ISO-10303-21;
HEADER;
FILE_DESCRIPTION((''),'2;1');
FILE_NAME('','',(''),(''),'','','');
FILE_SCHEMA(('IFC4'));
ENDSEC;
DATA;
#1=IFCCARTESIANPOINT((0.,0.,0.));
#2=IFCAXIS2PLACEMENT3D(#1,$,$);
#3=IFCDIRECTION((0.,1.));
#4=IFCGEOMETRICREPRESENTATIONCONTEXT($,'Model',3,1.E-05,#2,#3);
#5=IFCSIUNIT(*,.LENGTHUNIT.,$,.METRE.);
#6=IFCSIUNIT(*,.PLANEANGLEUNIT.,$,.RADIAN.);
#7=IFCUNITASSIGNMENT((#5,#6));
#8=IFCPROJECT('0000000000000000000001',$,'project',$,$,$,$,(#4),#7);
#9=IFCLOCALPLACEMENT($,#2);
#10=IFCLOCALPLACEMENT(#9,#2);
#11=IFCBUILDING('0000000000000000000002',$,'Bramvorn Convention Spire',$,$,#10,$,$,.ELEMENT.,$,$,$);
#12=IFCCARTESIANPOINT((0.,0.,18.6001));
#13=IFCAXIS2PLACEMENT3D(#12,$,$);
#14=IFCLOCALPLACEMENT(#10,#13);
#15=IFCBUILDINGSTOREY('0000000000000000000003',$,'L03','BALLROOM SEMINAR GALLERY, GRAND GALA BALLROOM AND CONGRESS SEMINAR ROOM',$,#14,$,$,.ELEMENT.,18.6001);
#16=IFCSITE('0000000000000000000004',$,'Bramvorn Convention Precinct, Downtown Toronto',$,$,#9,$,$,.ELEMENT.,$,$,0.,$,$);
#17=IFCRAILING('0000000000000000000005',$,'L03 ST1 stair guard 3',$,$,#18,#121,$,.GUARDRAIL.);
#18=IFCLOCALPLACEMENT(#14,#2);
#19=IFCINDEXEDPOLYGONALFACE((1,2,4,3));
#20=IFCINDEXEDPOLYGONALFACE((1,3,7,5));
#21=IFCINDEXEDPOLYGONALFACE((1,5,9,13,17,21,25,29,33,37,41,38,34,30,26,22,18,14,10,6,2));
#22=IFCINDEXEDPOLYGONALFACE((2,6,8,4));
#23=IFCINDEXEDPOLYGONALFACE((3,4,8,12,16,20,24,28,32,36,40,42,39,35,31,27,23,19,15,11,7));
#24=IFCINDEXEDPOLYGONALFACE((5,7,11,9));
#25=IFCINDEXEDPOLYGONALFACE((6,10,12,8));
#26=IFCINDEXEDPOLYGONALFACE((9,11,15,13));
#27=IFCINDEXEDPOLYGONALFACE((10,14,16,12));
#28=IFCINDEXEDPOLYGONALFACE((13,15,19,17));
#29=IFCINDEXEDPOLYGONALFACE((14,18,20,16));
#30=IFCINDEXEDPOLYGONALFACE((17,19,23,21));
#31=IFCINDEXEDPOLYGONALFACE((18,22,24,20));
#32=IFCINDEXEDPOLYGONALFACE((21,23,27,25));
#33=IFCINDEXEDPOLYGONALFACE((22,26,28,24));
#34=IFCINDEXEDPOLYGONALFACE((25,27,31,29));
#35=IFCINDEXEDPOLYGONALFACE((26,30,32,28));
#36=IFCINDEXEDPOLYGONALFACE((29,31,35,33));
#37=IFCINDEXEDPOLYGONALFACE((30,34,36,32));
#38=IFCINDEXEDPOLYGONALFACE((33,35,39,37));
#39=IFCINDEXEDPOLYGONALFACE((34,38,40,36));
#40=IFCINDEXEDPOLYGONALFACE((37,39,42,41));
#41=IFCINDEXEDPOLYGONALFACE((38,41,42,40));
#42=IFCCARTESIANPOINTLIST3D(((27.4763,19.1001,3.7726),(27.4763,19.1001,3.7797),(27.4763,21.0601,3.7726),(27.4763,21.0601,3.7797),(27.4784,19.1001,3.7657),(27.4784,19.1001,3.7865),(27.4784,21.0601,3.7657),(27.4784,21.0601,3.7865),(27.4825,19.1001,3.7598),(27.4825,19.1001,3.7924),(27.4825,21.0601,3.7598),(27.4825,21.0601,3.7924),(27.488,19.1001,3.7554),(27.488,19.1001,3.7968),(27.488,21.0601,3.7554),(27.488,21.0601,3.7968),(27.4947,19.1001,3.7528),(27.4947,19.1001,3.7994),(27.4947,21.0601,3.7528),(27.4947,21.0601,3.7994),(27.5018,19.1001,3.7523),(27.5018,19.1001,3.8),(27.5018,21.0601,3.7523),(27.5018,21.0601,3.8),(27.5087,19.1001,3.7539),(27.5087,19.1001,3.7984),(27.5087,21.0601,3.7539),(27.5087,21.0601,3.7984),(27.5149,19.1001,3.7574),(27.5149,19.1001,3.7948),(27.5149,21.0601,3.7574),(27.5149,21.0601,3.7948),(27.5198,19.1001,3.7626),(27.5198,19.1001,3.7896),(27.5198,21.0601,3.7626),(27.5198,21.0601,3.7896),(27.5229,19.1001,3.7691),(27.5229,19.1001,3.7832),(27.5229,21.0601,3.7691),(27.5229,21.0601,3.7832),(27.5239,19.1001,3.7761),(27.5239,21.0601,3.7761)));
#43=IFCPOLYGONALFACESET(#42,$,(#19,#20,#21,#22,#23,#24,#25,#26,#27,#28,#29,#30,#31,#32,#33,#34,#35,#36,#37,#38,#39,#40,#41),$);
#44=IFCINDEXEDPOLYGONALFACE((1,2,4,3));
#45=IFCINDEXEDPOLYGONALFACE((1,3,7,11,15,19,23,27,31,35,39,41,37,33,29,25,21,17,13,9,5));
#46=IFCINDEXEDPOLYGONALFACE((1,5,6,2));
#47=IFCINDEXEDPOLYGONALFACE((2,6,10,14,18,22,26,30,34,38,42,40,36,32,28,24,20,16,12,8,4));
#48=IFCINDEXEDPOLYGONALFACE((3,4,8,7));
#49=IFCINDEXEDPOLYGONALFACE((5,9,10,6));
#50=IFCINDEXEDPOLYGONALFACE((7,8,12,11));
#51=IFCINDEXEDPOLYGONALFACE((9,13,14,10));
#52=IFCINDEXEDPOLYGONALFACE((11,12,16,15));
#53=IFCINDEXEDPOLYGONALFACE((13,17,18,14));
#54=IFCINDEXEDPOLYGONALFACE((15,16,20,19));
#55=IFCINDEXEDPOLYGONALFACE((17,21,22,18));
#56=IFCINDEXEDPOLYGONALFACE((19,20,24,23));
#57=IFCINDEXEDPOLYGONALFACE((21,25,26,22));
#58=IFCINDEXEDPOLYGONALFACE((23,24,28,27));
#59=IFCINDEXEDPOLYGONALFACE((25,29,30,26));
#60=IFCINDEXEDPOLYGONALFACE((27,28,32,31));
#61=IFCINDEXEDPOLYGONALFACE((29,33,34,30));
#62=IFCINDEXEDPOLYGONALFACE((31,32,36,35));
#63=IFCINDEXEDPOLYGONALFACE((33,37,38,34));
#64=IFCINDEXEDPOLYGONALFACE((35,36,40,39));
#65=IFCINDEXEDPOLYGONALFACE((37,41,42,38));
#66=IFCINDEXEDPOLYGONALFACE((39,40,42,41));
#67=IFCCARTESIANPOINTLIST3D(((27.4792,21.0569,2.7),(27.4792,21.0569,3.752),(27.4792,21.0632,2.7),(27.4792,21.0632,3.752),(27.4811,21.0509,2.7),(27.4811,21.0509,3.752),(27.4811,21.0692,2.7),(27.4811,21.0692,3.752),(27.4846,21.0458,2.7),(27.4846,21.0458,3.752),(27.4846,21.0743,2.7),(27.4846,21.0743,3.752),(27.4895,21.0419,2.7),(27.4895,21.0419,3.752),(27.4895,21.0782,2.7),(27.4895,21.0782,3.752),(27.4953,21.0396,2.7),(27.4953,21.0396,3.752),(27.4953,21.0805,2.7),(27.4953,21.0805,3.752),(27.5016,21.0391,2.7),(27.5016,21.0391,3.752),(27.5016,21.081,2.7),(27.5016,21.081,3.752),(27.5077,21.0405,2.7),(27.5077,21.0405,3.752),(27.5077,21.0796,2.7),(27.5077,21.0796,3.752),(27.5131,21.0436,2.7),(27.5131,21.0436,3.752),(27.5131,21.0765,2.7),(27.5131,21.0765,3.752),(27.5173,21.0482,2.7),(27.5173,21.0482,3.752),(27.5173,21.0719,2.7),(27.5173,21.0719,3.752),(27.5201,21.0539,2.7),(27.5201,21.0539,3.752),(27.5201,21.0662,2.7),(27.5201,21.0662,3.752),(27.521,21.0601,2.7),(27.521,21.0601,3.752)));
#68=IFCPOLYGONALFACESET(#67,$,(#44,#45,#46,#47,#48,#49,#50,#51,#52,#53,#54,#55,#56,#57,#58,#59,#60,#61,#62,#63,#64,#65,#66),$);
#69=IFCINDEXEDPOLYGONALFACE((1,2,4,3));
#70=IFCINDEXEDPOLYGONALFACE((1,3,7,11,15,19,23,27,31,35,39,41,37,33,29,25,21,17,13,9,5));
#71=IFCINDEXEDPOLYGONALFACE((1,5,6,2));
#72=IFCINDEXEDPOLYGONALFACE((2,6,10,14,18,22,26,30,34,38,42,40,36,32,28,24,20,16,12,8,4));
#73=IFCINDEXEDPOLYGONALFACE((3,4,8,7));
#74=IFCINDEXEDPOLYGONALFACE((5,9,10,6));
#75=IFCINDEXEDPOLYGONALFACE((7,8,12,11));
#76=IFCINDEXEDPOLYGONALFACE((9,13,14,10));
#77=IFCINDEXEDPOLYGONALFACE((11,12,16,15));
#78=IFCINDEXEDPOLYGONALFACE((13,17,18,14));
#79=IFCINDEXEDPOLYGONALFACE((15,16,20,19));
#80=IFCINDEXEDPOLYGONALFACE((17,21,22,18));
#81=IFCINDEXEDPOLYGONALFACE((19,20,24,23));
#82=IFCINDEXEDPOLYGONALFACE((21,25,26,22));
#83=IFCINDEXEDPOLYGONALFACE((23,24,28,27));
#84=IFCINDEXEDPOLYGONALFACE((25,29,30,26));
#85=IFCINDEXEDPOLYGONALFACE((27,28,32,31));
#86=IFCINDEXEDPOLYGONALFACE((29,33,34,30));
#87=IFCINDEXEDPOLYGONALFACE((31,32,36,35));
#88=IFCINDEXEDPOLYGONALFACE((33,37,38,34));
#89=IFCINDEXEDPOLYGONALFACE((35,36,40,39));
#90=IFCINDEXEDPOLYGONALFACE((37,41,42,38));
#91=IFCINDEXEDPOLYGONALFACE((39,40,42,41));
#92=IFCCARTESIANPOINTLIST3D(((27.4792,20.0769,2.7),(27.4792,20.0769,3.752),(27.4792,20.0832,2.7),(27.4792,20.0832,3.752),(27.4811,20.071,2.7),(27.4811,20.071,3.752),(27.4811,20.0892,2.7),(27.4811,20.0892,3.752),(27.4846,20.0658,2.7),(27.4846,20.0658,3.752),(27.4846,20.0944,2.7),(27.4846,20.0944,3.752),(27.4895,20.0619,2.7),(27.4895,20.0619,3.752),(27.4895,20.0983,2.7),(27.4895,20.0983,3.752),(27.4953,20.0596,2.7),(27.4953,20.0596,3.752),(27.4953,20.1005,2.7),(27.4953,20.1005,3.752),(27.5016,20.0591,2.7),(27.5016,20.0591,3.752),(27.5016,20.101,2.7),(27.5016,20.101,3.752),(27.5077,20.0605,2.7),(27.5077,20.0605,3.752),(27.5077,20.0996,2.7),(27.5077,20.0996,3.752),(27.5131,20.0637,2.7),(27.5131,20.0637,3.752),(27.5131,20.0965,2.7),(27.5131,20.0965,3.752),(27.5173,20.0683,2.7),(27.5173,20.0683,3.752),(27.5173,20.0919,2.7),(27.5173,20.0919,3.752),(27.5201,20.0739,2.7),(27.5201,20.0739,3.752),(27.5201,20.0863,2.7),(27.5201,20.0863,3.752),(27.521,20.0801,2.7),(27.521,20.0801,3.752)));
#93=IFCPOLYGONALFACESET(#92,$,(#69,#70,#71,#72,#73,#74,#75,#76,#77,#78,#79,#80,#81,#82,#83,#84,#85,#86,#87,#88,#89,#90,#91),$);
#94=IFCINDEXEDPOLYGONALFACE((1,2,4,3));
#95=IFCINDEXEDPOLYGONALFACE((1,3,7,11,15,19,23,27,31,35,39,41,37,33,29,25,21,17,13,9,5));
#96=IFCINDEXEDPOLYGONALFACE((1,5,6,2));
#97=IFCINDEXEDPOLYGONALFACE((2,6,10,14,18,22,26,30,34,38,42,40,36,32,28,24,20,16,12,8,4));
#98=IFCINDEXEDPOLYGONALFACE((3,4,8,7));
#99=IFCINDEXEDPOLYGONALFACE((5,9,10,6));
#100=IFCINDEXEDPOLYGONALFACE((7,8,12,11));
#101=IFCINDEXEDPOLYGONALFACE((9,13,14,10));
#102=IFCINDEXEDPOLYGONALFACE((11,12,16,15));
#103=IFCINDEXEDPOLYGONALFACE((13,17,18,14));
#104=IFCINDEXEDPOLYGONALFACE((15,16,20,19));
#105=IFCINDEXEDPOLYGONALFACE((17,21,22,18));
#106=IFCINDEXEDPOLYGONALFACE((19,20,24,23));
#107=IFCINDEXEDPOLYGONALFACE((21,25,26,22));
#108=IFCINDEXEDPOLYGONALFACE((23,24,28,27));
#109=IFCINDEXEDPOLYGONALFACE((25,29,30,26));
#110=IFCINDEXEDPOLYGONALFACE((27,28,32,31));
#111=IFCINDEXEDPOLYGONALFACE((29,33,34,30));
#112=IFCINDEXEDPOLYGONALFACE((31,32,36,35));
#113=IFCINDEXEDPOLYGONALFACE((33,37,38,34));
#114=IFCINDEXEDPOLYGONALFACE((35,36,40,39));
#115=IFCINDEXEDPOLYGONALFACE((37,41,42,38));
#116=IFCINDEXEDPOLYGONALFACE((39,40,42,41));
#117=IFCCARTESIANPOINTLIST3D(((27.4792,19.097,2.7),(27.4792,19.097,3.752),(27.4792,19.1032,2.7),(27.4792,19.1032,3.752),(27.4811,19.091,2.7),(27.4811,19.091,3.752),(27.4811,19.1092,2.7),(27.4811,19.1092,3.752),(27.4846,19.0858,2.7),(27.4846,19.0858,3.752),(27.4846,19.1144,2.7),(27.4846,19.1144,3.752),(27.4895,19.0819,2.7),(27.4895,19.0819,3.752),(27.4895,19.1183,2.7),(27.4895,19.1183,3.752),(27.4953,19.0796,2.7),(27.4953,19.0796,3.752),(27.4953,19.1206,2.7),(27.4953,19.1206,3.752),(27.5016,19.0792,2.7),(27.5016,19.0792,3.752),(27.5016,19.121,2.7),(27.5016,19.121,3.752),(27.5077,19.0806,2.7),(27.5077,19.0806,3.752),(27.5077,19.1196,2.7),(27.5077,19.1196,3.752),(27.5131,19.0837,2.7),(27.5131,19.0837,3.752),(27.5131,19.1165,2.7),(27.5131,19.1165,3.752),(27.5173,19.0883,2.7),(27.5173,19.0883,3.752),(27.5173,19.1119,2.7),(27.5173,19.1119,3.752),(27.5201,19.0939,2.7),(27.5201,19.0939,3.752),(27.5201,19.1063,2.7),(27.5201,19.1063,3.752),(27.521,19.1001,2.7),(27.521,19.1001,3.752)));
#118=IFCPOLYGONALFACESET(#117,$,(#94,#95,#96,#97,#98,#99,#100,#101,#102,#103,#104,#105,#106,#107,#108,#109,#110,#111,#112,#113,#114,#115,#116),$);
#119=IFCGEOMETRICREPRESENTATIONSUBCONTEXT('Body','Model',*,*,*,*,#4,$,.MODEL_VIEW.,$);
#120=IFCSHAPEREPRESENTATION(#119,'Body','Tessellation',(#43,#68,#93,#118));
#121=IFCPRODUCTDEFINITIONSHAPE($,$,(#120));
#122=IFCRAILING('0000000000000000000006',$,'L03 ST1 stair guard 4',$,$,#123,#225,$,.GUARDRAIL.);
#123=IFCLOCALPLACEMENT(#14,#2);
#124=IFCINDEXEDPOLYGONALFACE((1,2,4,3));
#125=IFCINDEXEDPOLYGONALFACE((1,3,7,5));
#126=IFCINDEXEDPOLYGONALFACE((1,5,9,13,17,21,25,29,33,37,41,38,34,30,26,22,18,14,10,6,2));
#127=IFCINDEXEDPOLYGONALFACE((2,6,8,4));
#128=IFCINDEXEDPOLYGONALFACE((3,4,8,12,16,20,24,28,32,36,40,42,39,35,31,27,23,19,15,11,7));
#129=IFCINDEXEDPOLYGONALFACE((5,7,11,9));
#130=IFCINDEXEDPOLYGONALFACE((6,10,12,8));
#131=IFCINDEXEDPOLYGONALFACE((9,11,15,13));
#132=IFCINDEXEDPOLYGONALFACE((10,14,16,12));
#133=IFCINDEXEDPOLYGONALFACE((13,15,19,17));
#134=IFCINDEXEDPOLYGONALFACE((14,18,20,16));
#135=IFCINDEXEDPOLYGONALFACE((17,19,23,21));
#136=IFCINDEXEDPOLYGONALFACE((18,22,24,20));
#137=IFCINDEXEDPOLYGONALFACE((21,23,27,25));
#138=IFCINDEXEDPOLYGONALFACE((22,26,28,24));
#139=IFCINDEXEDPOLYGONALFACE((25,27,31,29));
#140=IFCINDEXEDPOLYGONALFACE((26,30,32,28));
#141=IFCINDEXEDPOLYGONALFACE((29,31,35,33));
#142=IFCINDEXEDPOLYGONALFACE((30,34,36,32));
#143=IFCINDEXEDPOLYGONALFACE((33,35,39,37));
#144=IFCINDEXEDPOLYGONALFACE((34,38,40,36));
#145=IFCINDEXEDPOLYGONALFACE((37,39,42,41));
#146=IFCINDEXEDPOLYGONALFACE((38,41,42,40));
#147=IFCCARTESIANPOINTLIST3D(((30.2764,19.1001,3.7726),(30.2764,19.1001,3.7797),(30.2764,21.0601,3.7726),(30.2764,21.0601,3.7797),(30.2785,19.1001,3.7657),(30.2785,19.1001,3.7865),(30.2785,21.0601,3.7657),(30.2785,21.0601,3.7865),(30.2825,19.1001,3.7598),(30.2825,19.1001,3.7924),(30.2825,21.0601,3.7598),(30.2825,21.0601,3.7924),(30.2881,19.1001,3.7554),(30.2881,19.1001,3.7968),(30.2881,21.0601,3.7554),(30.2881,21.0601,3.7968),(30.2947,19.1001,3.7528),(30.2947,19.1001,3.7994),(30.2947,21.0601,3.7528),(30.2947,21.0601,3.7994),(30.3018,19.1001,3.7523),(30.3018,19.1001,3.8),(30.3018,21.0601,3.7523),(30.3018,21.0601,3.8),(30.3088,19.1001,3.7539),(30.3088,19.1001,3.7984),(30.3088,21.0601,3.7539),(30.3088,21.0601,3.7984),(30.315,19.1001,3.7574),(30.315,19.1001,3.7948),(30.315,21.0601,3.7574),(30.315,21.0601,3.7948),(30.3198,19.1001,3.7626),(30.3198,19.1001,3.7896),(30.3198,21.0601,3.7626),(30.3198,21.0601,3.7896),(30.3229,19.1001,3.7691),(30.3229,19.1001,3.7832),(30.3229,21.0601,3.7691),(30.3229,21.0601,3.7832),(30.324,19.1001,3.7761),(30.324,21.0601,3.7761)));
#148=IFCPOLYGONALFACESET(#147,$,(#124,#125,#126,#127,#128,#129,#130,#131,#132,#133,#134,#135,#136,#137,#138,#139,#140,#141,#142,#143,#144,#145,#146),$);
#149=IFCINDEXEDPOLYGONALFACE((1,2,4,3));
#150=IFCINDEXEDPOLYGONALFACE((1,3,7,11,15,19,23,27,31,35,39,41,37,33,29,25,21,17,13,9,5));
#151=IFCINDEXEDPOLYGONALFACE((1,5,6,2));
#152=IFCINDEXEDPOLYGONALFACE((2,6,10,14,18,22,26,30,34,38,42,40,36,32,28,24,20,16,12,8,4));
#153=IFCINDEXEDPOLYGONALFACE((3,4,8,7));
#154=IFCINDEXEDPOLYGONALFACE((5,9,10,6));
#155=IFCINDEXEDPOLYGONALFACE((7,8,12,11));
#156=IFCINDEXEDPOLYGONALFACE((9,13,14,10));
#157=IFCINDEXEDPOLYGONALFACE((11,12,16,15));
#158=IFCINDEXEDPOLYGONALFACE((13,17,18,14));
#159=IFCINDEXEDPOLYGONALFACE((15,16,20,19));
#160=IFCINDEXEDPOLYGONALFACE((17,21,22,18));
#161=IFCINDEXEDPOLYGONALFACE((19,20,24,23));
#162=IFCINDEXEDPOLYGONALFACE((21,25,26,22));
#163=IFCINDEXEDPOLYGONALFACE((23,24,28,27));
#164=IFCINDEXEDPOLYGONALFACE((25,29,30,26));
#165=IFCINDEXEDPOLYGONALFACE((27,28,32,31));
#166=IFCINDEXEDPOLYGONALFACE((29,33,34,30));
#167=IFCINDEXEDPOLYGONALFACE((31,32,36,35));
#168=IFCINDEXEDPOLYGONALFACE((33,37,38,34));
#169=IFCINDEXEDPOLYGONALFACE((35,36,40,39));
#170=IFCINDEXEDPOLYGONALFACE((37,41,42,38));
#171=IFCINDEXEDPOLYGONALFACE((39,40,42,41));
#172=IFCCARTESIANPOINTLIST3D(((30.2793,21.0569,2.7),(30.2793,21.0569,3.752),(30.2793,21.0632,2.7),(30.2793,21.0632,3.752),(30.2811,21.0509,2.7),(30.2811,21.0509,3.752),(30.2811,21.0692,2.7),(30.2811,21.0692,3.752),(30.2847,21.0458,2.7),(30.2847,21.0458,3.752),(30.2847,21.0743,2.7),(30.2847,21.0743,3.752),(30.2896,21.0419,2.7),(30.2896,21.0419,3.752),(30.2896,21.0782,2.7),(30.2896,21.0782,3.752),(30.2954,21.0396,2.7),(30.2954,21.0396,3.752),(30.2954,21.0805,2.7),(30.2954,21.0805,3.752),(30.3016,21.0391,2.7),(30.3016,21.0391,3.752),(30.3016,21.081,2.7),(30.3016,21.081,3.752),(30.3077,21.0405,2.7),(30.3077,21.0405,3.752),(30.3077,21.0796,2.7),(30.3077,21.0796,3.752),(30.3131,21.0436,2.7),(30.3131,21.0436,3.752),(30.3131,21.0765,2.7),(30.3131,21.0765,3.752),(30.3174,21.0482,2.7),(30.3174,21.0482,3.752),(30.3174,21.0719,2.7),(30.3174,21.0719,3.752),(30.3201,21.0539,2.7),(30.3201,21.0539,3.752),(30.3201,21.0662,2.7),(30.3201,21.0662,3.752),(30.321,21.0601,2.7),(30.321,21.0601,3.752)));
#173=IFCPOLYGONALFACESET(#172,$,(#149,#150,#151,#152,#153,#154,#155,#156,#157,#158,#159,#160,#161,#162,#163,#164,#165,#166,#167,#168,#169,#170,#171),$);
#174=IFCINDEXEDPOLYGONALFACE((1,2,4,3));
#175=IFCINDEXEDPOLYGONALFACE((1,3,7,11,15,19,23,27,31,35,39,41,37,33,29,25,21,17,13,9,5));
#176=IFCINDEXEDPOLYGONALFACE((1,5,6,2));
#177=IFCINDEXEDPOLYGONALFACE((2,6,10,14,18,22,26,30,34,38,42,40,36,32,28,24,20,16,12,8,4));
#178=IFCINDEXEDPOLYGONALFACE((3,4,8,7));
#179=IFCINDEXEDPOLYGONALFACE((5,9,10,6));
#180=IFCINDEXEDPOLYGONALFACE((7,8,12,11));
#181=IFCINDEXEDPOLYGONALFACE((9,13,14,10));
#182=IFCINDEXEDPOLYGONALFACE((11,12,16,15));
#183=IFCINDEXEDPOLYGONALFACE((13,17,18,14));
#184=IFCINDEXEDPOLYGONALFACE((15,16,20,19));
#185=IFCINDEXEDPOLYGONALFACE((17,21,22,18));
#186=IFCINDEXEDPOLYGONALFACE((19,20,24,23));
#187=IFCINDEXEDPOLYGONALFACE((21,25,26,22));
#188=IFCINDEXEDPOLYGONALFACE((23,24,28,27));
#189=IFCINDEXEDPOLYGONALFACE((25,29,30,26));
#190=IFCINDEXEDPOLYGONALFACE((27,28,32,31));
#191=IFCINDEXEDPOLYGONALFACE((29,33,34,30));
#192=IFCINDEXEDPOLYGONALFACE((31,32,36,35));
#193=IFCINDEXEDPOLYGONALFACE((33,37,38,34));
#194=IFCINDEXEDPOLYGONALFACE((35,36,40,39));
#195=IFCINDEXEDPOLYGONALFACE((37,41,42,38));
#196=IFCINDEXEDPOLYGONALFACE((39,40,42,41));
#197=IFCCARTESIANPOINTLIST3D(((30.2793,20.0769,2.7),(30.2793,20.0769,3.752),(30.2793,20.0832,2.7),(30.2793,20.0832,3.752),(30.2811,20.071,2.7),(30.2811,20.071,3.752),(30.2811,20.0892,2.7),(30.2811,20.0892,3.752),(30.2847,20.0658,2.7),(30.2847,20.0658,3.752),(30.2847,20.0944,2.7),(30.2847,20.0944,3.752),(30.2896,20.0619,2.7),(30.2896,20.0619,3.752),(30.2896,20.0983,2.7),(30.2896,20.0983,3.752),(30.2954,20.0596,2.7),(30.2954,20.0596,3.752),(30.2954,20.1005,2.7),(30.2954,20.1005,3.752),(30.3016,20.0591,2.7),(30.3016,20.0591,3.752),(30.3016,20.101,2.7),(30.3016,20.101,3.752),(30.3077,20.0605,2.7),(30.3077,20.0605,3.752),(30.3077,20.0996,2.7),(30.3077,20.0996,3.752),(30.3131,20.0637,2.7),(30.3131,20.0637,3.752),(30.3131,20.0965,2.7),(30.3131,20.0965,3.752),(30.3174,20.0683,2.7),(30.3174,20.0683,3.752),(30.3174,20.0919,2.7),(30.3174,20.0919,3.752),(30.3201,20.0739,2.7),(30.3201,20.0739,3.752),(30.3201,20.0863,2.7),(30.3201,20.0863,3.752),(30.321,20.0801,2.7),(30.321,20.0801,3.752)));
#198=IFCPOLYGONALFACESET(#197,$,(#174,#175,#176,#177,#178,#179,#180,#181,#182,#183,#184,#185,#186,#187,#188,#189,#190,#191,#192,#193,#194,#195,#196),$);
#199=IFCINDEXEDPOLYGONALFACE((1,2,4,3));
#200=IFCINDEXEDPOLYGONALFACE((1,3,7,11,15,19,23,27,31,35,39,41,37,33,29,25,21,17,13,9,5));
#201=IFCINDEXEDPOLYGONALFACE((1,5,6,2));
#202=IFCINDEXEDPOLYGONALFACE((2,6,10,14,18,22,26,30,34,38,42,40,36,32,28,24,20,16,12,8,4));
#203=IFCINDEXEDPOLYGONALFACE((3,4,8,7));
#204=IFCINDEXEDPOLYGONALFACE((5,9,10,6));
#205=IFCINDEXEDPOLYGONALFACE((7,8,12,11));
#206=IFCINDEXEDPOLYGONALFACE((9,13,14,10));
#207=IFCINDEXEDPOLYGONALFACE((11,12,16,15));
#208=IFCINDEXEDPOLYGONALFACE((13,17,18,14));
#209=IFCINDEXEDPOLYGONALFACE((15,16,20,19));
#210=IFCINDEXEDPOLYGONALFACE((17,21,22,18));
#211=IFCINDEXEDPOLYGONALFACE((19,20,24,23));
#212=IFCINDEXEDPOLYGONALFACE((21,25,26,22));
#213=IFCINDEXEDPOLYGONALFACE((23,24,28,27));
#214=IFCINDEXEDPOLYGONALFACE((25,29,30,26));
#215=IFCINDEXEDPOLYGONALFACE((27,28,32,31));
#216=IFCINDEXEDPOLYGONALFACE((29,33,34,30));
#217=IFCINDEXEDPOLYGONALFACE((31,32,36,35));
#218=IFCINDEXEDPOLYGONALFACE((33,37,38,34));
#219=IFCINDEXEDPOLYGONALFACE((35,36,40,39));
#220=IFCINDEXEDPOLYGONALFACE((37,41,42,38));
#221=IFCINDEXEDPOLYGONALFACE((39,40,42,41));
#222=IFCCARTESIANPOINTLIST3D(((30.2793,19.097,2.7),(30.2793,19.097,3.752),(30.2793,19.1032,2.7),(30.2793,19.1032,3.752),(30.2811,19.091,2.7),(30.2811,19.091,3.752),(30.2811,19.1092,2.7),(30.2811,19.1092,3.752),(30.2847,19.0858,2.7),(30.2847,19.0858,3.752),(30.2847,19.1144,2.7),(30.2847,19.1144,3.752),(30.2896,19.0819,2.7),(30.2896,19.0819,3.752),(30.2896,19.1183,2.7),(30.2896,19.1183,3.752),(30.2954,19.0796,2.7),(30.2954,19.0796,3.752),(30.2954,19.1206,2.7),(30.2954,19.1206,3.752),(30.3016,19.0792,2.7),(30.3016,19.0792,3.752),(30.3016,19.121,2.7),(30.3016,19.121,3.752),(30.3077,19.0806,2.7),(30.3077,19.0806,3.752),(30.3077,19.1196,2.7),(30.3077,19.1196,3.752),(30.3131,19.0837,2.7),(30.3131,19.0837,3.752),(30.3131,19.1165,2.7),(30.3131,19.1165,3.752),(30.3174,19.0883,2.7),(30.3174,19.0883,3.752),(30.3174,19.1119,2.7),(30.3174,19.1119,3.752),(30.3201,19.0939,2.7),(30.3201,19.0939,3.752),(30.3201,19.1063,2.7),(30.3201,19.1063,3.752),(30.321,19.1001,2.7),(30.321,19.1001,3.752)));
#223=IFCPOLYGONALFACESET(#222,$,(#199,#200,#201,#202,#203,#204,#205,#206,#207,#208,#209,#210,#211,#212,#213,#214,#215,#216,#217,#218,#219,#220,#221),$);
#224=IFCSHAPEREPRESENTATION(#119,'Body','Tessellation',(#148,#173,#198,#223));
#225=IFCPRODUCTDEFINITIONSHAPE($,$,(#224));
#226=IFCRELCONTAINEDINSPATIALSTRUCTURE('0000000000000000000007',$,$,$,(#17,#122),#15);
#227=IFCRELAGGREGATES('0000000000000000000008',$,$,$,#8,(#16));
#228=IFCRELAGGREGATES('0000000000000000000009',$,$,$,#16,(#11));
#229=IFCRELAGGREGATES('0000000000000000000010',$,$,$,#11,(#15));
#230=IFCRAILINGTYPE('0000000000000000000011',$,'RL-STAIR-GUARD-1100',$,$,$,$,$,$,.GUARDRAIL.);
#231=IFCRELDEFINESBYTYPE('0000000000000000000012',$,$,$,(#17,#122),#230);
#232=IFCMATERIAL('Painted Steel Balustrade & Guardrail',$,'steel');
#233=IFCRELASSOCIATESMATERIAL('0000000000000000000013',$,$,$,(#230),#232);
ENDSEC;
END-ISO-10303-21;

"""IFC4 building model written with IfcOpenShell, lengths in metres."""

from ifc_helpers import new_model, si_unit, direction, frame, origin, origin_2d, place, context, subcontext, project, spatial, circle, extrude, material, type_object, element, save


model = new_model("IFC4")

# Units and contexts
model_context = context("Model", 3, precision=1e-05, world=origin(), true_north=direction((0.0, 1.0)))
body_context = subcontext(model_context, "Body", "Model", "MODEL_VIEW")
ifc_project = project(units=[si_unit("LENGTHUNIT", "METRE"), si_unit("PLANEANGLEUNIT", "RADIAN")], contexts=[model_context])

# Site, building, storey
site_placement = place(None, origin())
site = spatial("IfcSite", under=ifc_project, at=site_placement, Name="Bramvorn Convention Precinct, Downtown Toronto", CompositionType="ELEMENT", RefElevation=0.0)
building_placement = place(site_placement, origin())
building = spatial("IfcBuilding", under=site, at=building_placement, Name="Bramvorn Convention Spire", CompositionType="ELEMENT")
storey_placement = place(building_placement, frame((0.0, 0.0, 18.6001)))
storey = spatial("IfcBuildingStorey", under=building, at=storey_placement, Name="L03", Description="BALLROOM SEMINAR GALLERY, GRAND GALA BALLROOM AND CONGRESS SEMINAR ROOM", CompositionType="ELEMENT", Elevation=18.6001)

# Railings
ifc_material_1 = material(Name="Painted Steel Balustrade & Guardrail", Category="steel")
railing_type_1 = type_object("IfcRailingType", Name="RL-STAIR-GUARD-1100", PredefinedType="GUARDRAIL", material=ifc_material_1)
for number, where, name in (
    (1, (27.5, 21.0601, 2.7), "L03 ST1 stair guard 3"),
    (2, (30.3, 21.0601, 2.7), "L03 ST1 stair guard 4"),
):
    element("IfcRailing", number, at=place(storey_placement, frame(where)), inside=storey, type_object=railing_type_1, Name=name, PredefinedType="GUARDRAIL", context=body_context, shape_type="SweptSolid", body=[
        extrude(circle(Radius=0.0239, at=origin_2d()), frame((0.0, 0.0, 1.0762), z_axis=(0.0, -1.0, 0.0), x_axis=(1.0, 0.0, 0.0)), (0.0, 0.0, 1.0), 1.96),
        extrude(circle(Radius=0.021, at=origin_2d()), origin(), (0.0, 0.0, 1.0), 1.052),
        extrude(circle(Radius=0.021, at=origin_2d()), frame((0.0, -0.98, 0.0)), (0.0, 0.0, 1.0), 1.052),
        extrude(circle(Radius=0.021, at=origin_2d()), frame((0.0, -1.96, 0.0)), (0.0, 0.0, 1.0), 1.052),
    ])

save(model, "model.ifc")
